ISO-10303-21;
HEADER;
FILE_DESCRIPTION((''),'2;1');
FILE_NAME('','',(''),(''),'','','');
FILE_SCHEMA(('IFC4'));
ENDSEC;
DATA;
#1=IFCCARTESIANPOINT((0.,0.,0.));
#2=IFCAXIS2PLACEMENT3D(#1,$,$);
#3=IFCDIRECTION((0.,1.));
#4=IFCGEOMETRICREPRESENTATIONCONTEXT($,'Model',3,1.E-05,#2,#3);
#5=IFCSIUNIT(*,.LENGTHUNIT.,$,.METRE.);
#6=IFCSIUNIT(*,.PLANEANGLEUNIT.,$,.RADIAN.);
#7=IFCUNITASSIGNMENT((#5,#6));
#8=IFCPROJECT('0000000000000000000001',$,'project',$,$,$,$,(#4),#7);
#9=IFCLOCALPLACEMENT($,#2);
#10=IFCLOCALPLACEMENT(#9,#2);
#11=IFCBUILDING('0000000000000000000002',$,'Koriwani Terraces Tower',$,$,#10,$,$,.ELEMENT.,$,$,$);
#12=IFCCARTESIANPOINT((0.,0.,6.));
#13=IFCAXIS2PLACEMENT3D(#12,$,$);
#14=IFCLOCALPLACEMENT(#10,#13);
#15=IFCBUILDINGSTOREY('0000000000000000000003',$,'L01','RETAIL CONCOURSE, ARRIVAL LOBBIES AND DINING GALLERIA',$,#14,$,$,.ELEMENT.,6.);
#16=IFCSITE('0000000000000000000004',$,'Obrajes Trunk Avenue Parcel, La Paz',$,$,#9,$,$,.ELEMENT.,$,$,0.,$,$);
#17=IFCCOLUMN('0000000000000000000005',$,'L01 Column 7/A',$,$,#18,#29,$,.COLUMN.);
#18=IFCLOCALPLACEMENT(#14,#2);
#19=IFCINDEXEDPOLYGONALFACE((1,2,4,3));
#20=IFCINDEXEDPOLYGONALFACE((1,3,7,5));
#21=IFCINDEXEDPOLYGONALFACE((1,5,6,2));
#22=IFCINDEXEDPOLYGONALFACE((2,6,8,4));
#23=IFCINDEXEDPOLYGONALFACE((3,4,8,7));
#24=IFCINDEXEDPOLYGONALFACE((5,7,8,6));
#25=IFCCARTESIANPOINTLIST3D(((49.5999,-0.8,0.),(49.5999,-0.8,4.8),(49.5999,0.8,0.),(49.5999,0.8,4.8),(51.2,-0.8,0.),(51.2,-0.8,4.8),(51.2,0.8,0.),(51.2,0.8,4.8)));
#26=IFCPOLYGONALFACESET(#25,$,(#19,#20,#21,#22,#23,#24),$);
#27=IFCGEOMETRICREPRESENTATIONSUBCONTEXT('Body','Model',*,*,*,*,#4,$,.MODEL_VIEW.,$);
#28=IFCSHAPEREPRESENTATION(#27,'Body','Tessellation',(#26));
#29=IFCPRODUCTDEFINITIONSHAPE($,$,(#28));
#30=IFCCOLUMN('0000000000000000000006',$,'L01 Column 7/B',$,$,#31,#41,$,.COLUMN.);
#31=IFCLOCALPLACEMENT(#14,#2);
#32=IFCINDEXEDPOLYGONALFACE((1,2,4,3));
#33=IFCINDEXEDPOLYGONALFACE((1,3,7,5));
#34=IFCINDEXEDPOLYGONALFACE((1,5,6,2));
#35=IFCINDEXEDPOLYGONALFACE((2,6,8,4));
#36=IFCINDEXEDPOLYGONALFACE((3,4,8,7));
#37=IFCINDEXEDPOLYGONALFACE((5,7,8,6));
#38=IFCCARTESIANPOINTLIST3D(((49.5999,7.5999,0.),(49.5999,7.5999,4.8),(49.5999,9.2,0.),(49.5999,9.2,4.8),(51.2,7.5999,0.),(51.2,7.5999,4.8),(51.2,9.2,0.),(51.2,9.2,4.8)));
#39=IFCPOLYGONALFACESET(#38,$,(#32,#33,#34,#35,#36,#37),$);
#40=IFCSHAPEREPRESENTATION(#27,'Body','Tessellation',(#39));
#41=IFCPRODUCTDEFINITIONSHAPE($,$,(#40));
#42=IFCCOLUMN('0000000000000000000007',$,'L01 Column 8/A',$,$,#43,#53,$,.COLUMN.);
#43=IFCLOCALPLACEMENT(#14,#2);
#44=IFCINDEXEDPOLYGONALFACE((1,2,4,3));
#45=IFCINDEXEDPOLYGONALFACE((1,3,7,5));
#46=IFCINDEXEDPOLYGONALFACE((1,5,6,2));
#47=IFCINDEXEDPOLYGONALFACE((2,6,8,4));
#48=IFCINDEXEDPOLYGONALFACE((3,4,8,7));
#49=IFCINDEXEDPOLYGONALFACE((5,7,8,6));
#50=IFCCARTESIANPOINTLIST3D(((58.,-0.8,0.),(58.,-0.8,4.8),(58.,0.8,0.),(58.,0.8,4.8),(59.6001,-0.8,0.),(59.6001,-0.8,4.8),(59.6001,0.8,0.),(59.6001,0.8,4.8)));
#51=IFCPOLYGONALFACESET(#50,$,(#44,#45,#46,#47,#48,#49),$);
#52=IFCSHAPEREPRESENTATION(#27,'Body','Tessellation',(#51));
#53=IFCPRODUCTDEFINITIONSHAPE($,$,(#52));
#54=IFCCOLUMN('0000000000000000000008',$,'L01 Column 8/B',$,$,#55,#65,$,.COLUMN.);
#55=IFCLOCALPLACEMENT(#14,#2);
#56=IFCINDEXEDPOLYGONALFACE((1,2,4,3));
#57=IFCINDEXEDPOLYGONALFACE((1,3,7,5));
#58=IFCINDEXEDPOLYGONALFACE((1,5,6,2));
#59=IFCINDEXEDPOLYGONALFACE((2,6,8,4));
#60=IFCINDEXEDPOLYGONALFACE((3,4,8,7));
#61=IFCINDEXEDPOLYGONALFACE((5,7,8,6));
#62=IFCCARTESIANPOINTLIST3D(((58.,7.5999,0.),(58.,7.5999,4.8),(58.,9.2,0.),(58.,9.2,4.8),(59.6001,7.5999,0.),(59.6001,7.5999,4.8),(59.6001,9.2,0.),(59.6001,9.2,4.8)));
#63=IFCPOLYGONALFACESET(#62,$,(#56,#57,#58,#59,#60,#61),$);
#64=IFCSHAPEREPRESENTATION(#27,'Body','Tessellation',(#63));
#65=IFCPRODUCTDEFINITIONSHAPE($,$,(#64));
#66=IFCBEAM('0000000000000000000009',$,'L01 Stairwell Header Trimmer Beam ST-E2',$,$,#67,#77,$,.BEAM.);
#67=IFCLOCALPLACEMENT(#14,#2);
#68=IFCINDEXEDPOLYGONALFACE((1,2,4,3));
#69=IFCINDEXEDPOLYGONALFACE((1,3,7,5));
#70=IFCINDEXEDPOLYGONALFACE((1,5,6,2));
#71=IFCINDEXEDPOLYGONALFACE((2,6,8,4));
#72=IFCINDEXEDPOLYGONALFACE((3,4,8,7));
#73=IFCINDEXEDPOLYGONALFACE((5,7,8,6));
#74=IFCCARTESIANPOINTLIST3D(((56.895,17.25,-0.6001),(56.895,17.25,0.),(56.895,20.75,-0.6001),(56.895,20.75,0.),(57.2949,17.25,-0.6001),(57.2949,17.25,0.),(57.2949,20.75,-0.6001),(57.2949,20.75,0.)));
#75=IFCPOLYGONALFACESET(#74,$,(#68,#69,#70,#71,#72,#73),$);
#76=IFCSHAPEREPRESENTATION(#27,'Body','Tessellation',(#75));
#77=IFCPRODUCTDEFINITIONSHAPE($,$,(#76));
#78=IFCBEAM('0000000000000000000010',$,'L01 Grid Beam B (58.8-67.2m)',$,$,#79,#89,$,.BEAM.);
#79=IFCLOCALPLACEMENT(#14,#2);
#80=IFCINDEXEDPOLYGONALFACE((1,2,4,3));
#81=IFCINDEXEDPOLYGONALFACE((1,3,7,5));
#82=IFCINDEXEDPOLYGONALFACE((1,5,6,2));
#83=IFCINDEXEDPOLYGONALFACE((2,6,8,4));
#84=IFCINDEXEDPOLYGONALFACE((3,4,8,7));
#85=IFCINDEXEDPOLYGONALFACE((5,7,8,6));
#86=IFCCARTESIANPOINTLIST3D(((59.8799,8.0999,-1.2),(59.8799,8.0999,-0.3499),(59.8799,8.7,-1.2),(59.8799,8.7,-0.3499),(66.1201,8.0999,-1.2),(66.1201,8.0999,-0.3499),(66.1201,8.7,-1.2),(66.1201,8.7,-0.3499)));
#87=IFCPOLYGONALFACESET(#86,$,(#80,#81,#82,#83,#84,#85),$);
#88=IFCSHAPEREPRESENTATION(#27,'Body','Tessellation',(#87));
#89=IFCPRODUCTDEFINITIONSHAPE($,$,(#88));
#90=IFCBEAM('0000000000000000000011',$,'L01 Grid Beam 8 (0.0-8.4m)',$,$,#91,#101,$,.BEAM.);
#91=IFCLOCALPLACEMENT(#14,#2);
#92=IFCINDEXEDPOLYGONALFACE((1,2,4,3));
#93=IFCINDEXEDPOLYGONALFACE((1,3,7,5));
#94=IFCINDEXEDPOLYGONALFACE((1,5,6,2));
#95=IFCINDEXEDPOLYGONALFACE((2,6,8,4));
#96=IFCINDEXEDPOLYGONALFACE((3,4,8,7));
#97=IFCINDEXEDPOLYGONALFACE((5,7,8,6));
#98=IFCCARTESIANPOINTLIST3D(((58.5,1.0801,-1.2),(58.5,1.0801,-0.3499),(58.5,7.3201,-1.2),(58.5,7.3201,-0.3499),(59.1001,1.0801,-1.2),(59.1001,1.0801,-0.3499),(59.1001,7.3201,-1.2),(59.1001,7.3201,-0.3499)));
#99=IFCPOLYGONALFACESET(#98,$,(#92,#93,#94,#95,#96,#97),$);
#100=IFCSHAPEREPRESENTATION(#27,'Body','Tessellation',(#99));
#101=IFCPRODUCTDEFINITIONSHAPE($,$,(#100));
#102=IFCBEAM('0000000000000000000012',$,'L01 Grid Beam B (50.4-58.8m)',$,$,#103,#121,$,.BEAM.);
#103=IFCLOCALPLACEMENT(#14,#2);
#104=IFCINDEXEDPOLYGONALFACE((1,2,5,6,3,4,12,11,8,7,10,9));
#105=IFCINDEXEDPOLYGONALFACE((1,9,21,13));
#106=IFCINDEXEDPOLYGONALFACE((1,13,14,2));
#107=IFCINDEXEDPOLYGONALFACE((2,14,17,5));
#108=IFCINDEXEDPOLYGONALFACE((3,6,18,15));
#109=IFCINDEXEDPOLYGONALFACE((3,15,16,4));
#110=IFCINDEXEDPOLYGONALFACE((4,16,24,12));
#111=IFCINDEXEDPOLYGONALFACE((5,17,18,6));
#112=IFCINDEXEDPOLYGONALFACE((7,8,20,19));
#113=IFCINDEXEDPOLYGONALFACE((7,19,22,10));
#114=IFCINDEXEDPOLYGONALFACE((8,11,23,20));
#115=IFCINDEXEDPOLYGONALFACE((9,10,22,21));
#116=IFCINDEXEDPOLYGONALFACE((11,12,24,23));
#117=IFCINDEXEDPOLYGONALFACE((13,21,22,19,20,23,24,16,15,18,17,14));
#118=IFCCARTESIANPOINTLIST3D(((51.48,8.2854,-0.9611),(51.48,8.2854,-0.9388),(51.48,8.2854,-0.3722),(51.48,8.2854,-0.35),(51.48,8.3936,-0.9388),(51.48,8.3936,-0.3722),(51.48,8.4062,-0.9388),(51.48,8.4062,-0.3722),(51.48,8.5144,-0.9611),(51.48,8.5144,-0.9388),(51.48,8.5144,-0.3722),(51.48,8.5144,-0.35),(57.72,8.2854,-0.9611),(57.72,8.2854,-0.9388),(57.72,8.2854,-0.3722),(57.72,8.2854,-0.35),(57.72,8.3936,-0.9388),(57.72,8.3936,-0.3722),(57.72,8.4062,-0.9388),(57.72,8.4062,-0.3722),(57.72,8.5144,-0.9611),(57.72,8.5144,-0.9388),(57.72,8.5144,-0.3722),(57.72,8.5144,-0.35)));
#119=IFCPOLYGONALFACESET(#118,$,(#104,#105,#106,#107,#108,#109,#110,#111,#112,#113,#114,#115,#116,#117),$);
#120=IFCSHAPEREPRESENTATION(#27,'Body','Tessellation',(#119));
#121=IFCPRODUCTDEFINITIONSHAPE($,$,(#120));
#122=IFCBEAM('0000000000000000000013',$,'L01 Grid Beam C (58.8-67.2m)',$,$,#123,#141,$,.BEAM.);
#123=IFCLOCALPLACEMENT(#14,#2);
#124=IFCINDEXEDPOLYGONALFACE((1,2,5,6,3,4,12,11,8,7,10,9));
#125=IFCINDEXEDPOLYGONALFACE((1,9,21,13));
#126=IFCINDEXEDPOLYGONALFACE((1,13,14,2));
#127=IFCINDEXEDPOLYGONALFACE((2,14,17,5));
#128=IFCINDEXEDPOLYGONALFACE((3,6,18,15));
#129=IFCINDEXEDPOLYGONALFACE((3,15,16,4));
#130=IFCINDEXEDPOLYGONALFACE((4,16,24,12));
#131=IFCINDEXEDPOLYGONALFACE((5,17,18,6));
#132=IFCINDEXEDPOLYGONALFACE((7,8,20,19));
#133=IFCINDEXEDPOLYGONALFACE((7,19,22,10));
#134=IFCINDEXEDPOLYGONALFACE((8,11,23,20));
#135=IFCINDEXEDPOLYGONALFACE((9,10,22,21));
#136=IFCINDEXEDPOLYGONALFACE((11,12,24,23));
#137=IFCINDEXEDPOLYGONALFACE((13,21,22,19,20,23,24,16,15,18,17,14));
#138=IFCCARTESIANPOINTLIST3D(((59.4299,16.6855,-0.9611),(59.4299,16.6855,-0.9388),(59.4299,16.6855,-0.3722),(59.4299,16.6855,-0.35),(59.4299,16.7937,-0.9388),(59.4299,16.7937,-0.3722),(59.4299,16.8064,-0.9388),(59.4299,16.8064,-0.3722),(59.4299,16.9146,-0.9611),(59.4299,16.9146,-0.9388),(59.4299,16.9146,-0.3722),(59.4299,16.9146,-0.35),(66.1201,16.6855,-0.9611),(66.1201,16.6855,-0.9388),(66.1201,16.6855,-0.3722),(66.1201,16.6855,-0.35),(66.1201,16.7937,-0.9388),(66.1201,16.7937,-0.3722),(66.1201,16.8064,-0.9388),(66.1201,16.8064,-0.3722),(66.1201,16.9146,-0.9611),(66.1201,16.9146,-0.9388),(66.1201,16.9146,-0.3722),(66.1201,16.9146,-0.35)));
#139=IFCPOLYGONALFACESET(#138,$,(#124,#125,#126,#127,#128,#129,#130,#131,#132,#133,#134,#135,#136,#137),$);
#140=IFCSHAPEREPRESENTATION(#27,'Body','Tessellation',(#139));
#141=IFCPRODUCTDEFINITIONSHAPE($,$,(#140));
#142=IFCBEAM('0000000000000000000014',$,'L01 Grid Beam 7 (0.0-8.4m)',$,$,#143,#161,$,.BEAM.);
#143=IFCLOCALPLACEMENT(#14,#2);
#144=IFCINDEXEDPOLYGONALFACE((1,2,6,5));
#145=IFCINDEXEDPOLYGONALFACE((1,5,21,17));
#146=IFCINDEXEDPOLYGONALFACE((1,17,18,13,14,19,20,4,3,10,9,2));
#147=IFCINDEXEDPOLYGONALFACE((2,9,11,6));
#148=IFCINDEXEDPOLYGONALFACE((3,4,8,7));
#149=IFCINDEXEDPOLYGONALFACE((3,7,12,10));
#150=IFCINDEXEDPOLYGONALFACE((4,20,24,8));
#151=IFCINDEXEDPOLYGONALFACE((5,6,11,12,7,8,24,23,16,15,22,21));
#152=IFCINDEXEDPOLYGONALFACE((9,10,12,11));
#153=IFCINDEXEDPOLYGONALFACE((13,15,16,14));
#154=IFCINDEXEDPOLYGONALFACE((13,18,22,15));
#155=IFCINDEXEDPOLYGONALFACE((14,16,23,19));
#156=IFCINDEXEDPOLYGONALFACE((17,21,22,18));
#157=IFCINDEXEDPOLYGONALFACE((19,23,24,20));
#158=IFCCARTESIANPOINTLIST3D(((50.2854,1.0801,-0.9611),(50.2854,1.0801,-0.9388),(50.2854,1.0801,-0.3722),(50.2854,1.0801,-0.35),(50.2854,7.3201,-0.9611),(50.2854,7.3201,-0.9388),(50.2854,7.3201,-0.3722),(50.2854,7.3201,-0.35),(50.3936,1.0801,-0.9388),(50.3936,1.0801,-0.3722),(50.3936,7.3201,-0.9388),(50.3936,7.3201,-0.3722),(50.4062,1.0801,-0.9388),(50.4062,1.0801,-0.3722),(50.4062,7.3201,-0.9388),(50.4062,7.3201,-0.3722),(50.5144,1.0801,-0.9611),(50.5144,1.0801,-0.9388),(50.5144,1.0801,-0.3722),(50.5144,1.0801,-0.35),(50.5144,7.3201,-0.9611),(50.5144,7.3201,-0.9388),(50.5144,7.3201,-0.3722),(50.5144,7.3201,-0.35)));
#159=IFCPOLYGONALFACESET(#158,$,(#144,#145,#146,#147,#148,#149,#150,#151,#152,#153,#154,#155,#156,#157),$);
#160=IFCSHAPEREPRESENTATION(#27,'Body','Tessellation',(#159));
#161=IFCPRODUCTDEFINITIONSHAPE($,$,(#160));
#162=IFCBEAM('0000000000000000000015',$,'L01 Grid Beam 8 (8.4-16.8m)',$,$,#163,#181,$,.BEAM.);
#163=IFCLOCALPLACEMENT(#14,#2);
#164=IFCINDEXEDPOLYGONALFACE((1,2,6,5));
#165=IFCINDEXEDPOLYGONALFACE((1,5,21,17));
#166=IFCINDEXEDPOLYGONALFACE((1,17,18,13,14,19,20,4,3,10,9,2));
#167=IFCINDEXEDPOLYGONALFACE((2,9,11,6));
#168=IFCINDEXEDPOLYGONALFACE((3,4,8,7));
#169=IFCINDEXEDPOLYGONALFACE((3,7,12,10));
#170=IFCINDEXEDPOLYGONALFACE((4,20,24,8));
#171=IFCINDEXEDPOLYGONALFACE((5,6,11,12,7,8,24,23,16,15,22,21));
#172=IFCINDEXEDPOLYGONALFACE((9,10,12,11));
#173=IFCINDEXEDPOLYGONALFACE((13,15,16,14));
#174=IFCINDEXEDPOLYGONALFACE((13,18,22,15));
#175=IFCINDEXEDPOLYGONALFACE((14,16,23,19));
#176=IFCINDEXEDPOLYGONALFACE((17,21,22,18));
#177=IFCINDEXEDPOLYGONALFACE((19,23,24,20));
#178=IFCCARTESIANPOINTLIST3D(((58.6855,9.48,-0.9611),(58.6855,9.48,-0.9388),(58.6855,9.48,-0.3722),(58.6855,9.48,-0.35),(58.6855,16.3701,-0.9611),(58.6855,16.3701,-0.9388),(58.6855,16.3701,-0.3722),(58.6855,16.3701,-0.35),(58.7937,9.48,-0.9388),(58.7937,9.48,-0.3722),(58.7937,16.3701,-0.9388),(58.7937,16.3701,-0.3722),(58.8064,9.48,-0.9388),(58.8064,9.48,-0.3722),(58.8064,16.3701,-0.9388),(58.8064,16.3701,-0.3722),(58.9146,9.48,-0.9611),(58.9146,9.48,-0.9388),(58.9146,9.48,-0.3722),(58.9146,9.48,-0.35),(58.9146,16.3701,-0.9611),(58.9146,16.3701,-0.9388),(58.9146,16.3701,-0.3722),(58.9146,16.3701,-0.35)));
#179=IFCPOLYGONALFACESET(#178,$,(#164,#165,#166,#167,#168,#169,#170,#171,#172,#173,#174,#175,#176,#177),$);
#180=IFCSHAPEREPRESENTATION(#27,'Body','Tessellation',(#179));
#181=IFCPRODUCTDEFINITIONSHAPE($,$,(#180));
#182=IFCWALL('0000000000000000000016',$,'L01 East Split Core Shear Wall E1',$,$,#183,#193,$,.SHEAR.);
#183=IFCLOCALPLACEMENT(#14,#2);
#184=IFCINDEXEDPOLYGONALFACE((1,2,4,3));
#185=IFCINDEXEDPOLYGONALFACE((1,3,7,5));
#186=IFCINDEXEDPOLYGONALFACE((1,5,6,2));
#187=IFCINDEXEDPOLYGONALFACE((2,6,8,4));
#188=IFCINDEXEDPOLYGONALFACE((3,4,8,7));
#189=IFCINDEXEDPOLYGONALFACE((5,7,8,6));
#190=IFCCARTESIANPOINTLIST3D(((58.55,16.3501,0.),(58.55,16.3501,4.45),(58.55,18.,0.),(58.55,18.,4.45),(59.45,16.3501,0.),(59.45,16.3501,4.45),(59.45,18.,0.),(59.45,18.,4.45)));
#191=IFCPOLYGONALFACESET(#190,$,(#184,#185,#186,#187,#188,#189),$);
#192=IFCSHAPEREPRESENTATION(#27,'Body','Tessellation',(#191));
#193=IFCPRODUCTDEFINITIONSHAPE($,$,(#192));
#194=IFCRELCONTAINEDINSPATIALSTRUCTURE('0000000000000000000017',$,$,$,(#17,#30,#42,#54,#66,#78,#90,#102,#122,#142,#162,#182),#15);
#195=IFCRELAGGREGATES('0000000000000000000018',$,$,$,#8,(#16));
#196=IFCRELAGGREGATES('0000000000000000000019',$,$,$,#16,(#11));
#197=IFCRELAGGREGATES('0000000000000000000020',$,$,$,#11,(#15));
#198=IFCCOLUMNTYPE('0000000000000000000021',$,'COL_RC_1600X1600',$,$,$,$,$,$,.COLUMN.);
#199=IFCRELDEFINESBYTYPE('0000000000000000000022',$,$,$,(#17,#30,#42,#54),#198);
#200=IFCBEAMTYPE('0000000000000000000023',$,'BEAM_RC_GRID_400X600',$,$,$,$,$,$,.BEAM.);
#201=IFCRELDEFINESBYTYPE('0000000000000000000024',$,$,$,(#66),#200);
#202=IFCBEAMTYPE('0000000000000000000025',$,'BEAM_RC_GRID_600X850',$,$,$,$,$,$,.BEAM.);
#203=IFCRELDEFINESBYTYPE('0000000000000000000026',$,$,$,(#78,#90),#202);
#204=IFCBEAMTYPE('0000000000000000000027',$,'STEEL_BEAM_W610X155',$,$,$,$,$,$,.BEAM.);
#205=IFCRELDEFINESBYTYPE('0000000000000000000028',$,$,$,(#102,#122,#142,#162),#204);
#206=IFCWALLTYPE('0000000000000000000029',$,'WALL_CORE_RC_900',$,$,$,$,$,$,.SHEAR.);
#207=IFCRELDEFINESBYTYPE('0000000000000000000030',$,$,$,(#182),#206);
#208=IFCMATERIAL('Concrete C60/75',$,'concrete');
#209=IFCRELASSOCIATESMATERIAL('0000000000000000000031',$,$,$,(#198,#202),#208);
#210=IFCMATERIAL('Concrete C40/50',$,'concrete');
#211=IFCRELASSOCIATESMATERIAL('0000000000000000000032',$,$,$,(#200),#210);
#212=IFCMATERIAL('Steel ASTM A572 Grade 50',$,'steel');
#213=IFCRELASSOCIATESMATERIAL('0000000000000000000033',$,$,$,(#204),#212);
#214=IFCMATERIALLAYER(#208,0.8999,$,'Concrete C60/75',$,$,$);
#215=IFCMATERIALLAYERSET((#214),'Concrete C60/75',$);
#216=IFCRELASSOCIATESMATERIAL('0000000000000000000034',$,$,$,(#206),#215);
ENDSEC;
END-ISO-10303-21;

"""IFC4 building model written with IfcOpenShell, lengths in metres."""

from ifc_helpers import new_model, si_unit, direction, frame, frame_2d, origin, origin_2d, place, context, subcontext, project, spatial, rectangle, i_section, extrude, material, layer, layer_set, material_profile, profile_set, type_object, element, save


model = new_model("IFC4")

# Units and contexts
model_context = context("Model", 3, precision=1e-05, world=origin(), true_north=direction((0.0, 1.0)))
body_context = subcontext(model_context, "Body", "Model", "MODEL_VIEW")
ifc_project = project(units=[si_unit("LENGTHUNIT", "METRE"), si_unit("PLANEANGLEUNIT", "RADIAN")], contexts=[model_context])

# Site, building, storey
site_placement = place(None, origin())
site = spatial("IfcSite", under=ifc_project, at=site_placement, Name="Obrajes Trunk Avenue Parcel, La Paz", CompositionType="ELEMENT", RefElevation=0.0)
building_placement = place(site_placement, origin())
building = spatial("IfcBuilding", under=site, at=building_placement, Name="Koriwani Terraces Tower", CompositionType="ELEMENT")
storey_placement = place(building_placement, frame((0.0, 0.0, 6.0)))
storey = spatial("IfcBuildingStorey", under=building, at=storey_placement, Name="L01", Description="RETAIL CONCOURSE, ARRIVAL LOBBIES AND DINING GALLERIA", CompositionType="ELEMENT", Elevation=6.0)

# Columns
ifc_material_1 = material(Name="Concrete C60/75", Category="concrete")
ifc_material_profile_1 = material_profile(ifc_material_1, rectangle(XDim=1.6001, YDim=1.6001, at=origin_2d()), Name="Concrete C60/75", Category="LoadBearing")
ifc_profile_set_1 = profile_set([ifc_material_profile_1], Name="Concrete C60/75")
column_type = type_object("IfcColumnType", Name="COL_RC_1600X1600", PredefinedType="COLUMN", material=ifc_profile_set_1)
for number, where, z_axis, x_axis, name in (
    (1, (50.3999, 0.0, 0.0), (0.0, 0.0, 1.0), (1.0, 0.0, 0.0), "L01 Column 7/A"),
    (2, (50.3999, 8.3999, 0.0), (0.0, 0.0, 1.0), (1.0, 0.0, 0.0), "L01 Column 7/B"),
    (3, (58.8, 0.0, 0.0), (0.0, 0.0, 1.0), (1.0, 0.0, 0.0), "L01 Column 8/A"),
    (4, (58.8, 8.3999, 0.0), (0.0, 0.0, 1.0), (1.0, 0.0, 0.0), "L01 Column 8/B"),
):
    element("IfcColumn", number, at=place(storey_placement, frame(where, z_axis=z_axis, x_axis=x_axis)), inside=storey, type_object=column_type, Name=name, PredefinedType="COLUMN", context=body_context, shape_type="SweptSolid", body=[
        extrude(rectangle(XDim=1.6001, YDim=1.6001, at=origin_2d()), origin(), (0.0, 0.0, 1.0), 4.8),
    ])

# Beams
ifc_material_2 = material(Name="Concrete C40/50", Category="concrete")
ifc_material_profile_2 = material_profile(ifc_material_2, rectangle(XDim=0.3999, YDim=0.6001, at=origin_2d()), Name="Concrete C40/50", Category="LoadBearing")
ifc_profile_set_2 = profile_set([ifc_material_profile_2], Name="Concrete C40/50")
beam_type_1 = type_object("IfcBeamType", Name="BEAM_RC_GRID_400X600", PredefinedType="BEAM", material=ifc_profile_set_2)
beam_1_placement = place(storey_placement, frame((57.095, 17.25, -0.3), z_axis=(0.0, 1.0, 0.0), x_axis=(-1.0, 0.0, 0.0)))
element("IfcBeam", 5, at=beam_1_placement, inside=storey, type_object=beam_type_1, Name="L01 Stairwell Header Trimmer Beam ST-E2", PredefinedType="BEAM", context=body_context, shape_type="SweptSolid", body=[
    extrude(rectangle(XDim=0.3999, YDim=0.6001, at=origin_2d()), origin(), (0.0, 0.0, 1.0), 3.5),
])
ifc_material_profile_3 = material_profile(ifc_material_1, rectangle(XDim=0.6001, YDim=0.8501, at=origin_2d()), Name="Concrete C60/75", Category="LoadBearing")
ifc_profile_set_3 = profile_set([ifc_material_profile_3], Name="Concrete C60/75")
beam_type_2 = type_object("IfcBeamType", Name="BEAM_RC_GRID_600X850", PredefinedType="BEAM", material=ifc_profile_set_3)
beam_2_placement = place(storey_placement, frame((59.8799, 8.3999, -0.7749), z_axis=(1.0, 0.0, 0.0), x_axis=(0.0, 1.0, 0.0)))
element("IfcBeam", 6, at=beam_2_placement, inside=storey, type_object=beam_type_2, Name="L01 Grid Beam B (58.8-67.2m)", PredefinedType="BEAM", context=body_context, shape_type="SweptSolid", body=[
    extrude(rectangle(XDim=0.6001, YDim=0.8501, at=origin_2d()), origin(), (0.0, 0.0, 1.0), 6.2402),
])
beam_3_placement = place(storey_placement, frame((58.8, 1.0801, -0.7749), z_axis=(0.0, 1.0, 0.0), x_axis=(-1.0, 0.0, 0.0)))
element("IfcBeam", 7, at=beam_3_placement, inside=storey, type_object=beam_type_2, Name="L01 Grid Beam 8 (0.0-8.4m)", PredefinedType="BEAM", context=body_context, shape_type="SweptSolid", body=[
    extrude(rectangle(XDim=0.6001, YDim=0.8501, at=origin_2d()), origin(), (0.0, 0.0, 1.0), 6.24),
])
ifc_material_3 = material(Name="Steel ASTM A572 Grade 50", Category="steel")
ifc_material_profile_4 = material_profile(ifc_material_3, i_section(OverallWidth=0.229, OverallDepth=0.6111, WebThickness=0.0127, FlangeThickness=0.0222, at=origin_2d()), Name="Steel ASTM A572 Grade 50", Category="LoadBearing")
ifc_profile_set_4 = profile_set([ifc_material_profile_4], Name="Steel ASTM A572 Grade 50")
beam_type_3 = type_object("IfcBeamType", Name="STEEL_BEAM_W610X155", PredefinedType="BEAM", material=ifc_profile_set_4)
beam_4_placement = place(storey_placement, frame((51.48, 8.3999, -0.6555), z_axis=(1.0, 0.0, 0.0), x_axis=(0.0, 1.0, 0.0)))
element("IfcBeam", 8, at=beam_4_placement, inside=storey, type_object=beam_type_3, Name="L01 Grid Beam B (50.4-58.8m)", PredefinedType="BEAM", context=body_context, shape_type="SweptSolid", body=[
    extrude(i_section(OverallWidth=0.229, OverallDepth=0.6111, WebThickness=0.0127, FlangeThickness=0.0222, at=origin_2d()), origin(), (0.0, 0.0, 1.0), 6.24),
])
beam_5_placement = place(storey_placement, frame((59.4299, 16.8, -0.6555), z_axis=(1.0, 0.0, 0.0), x_axis=(0.0, 1.0, 0.0)))
element("IfcBeam", 9, at=beam_5_placement, inside=storey, type_object=beam_type_3, Name="L01 Grid Beam C (58.8-67.2m)", PredefinedType="BEAM", context=body_context, shape_type="SweptSolid", body=[
    extrude(i_section(OverallWidth=0.229, OverallDepth=0.6111, WebThickness=0.0127, FlangeThickness=0.0222, at=origin_2d()), origin(), (0.0, 0.0, 1.0), 6.6902),
])
beam_6_placement = place(storey_placement, frame((50.3999, 1.0801, -0.6555), z_axis=(0.0, 1.0, 0.0), x_axis=(-1.0, 0.0, 0.0)))
element("IfcBeam", 10, at=beam_6_placement, inside=storey, type_object=beam_type_3, Name="L01 Grid Beam 7 (0.0-8.4m)", PredefinedType="BEAM", context=body_context, shape_type="SweptSolid", body=[
    extrude(i_section(OverallWidth=0.229, OverallDepth=0.6111, WebThickness=0.0127, FlangeThickness=0.0222, at=origin_2d()), origin(), (0.0, 0.0, 1.0), 6.24),
])
beam_7_placement = place(storey_placement, frame((58.8, 9.48, -0.6555), z_axis=(0.0, 1.0, 0.0), x_axis=(-1.0, 0.0, 0.0)))
element("IfcBeam", 11, at=beam_7_placement, inside=storey, type_object=beam_type_3, Name="L01 Grid Beam 8 (8.4-16.8m)", PredefinedType="BEAM", context=body_context, shape_type="SweptSolid", body=[
    extrude(i_section(OverallWidth=0.229, OverallDepth=0.6111, WebThickness=0.0127, FlangeThickness=0.0222, at=origin_2d()), origin(), (0.0, 0.0, 1.0), 6.8901),
])

# Wall
ifc_layer_1 = layer(ifc_material_1, 0.8999, Name="Concrete C60/75")
ifc_layer_set_1 = layer_set([ifc_layer_1], Name="Concrete C60/75")
wall_type_1 = type_object("IfcWallType", Name="WALL_CORE_RC_900", PredefinedType="SHEAR", material=ifc_layer_set_1)
wall_1_placement = place(storey_placement, frame((59.0, 16.3501, 0.0), z_axis=(0.0, 0.0, 1.0), x_axis=(0.0, 1.0, 0.0)))
element("IfcWall", 12, at=wall_1_placement, inside=storey, type_object=wall_type_1, Name="L01 East Split Core Shear Wall E1", PredefinedType="SHEAR", context=body_context, shape_type="SweptSolid", body=[
    extrude(rectangle(XDim=1.6499, YDim=0.8999, at=frame_2d((0.825, 0.0))), origin(), (0.0, 0.0, 1.0), 4.45),
])

save(model, "model.ifc")
